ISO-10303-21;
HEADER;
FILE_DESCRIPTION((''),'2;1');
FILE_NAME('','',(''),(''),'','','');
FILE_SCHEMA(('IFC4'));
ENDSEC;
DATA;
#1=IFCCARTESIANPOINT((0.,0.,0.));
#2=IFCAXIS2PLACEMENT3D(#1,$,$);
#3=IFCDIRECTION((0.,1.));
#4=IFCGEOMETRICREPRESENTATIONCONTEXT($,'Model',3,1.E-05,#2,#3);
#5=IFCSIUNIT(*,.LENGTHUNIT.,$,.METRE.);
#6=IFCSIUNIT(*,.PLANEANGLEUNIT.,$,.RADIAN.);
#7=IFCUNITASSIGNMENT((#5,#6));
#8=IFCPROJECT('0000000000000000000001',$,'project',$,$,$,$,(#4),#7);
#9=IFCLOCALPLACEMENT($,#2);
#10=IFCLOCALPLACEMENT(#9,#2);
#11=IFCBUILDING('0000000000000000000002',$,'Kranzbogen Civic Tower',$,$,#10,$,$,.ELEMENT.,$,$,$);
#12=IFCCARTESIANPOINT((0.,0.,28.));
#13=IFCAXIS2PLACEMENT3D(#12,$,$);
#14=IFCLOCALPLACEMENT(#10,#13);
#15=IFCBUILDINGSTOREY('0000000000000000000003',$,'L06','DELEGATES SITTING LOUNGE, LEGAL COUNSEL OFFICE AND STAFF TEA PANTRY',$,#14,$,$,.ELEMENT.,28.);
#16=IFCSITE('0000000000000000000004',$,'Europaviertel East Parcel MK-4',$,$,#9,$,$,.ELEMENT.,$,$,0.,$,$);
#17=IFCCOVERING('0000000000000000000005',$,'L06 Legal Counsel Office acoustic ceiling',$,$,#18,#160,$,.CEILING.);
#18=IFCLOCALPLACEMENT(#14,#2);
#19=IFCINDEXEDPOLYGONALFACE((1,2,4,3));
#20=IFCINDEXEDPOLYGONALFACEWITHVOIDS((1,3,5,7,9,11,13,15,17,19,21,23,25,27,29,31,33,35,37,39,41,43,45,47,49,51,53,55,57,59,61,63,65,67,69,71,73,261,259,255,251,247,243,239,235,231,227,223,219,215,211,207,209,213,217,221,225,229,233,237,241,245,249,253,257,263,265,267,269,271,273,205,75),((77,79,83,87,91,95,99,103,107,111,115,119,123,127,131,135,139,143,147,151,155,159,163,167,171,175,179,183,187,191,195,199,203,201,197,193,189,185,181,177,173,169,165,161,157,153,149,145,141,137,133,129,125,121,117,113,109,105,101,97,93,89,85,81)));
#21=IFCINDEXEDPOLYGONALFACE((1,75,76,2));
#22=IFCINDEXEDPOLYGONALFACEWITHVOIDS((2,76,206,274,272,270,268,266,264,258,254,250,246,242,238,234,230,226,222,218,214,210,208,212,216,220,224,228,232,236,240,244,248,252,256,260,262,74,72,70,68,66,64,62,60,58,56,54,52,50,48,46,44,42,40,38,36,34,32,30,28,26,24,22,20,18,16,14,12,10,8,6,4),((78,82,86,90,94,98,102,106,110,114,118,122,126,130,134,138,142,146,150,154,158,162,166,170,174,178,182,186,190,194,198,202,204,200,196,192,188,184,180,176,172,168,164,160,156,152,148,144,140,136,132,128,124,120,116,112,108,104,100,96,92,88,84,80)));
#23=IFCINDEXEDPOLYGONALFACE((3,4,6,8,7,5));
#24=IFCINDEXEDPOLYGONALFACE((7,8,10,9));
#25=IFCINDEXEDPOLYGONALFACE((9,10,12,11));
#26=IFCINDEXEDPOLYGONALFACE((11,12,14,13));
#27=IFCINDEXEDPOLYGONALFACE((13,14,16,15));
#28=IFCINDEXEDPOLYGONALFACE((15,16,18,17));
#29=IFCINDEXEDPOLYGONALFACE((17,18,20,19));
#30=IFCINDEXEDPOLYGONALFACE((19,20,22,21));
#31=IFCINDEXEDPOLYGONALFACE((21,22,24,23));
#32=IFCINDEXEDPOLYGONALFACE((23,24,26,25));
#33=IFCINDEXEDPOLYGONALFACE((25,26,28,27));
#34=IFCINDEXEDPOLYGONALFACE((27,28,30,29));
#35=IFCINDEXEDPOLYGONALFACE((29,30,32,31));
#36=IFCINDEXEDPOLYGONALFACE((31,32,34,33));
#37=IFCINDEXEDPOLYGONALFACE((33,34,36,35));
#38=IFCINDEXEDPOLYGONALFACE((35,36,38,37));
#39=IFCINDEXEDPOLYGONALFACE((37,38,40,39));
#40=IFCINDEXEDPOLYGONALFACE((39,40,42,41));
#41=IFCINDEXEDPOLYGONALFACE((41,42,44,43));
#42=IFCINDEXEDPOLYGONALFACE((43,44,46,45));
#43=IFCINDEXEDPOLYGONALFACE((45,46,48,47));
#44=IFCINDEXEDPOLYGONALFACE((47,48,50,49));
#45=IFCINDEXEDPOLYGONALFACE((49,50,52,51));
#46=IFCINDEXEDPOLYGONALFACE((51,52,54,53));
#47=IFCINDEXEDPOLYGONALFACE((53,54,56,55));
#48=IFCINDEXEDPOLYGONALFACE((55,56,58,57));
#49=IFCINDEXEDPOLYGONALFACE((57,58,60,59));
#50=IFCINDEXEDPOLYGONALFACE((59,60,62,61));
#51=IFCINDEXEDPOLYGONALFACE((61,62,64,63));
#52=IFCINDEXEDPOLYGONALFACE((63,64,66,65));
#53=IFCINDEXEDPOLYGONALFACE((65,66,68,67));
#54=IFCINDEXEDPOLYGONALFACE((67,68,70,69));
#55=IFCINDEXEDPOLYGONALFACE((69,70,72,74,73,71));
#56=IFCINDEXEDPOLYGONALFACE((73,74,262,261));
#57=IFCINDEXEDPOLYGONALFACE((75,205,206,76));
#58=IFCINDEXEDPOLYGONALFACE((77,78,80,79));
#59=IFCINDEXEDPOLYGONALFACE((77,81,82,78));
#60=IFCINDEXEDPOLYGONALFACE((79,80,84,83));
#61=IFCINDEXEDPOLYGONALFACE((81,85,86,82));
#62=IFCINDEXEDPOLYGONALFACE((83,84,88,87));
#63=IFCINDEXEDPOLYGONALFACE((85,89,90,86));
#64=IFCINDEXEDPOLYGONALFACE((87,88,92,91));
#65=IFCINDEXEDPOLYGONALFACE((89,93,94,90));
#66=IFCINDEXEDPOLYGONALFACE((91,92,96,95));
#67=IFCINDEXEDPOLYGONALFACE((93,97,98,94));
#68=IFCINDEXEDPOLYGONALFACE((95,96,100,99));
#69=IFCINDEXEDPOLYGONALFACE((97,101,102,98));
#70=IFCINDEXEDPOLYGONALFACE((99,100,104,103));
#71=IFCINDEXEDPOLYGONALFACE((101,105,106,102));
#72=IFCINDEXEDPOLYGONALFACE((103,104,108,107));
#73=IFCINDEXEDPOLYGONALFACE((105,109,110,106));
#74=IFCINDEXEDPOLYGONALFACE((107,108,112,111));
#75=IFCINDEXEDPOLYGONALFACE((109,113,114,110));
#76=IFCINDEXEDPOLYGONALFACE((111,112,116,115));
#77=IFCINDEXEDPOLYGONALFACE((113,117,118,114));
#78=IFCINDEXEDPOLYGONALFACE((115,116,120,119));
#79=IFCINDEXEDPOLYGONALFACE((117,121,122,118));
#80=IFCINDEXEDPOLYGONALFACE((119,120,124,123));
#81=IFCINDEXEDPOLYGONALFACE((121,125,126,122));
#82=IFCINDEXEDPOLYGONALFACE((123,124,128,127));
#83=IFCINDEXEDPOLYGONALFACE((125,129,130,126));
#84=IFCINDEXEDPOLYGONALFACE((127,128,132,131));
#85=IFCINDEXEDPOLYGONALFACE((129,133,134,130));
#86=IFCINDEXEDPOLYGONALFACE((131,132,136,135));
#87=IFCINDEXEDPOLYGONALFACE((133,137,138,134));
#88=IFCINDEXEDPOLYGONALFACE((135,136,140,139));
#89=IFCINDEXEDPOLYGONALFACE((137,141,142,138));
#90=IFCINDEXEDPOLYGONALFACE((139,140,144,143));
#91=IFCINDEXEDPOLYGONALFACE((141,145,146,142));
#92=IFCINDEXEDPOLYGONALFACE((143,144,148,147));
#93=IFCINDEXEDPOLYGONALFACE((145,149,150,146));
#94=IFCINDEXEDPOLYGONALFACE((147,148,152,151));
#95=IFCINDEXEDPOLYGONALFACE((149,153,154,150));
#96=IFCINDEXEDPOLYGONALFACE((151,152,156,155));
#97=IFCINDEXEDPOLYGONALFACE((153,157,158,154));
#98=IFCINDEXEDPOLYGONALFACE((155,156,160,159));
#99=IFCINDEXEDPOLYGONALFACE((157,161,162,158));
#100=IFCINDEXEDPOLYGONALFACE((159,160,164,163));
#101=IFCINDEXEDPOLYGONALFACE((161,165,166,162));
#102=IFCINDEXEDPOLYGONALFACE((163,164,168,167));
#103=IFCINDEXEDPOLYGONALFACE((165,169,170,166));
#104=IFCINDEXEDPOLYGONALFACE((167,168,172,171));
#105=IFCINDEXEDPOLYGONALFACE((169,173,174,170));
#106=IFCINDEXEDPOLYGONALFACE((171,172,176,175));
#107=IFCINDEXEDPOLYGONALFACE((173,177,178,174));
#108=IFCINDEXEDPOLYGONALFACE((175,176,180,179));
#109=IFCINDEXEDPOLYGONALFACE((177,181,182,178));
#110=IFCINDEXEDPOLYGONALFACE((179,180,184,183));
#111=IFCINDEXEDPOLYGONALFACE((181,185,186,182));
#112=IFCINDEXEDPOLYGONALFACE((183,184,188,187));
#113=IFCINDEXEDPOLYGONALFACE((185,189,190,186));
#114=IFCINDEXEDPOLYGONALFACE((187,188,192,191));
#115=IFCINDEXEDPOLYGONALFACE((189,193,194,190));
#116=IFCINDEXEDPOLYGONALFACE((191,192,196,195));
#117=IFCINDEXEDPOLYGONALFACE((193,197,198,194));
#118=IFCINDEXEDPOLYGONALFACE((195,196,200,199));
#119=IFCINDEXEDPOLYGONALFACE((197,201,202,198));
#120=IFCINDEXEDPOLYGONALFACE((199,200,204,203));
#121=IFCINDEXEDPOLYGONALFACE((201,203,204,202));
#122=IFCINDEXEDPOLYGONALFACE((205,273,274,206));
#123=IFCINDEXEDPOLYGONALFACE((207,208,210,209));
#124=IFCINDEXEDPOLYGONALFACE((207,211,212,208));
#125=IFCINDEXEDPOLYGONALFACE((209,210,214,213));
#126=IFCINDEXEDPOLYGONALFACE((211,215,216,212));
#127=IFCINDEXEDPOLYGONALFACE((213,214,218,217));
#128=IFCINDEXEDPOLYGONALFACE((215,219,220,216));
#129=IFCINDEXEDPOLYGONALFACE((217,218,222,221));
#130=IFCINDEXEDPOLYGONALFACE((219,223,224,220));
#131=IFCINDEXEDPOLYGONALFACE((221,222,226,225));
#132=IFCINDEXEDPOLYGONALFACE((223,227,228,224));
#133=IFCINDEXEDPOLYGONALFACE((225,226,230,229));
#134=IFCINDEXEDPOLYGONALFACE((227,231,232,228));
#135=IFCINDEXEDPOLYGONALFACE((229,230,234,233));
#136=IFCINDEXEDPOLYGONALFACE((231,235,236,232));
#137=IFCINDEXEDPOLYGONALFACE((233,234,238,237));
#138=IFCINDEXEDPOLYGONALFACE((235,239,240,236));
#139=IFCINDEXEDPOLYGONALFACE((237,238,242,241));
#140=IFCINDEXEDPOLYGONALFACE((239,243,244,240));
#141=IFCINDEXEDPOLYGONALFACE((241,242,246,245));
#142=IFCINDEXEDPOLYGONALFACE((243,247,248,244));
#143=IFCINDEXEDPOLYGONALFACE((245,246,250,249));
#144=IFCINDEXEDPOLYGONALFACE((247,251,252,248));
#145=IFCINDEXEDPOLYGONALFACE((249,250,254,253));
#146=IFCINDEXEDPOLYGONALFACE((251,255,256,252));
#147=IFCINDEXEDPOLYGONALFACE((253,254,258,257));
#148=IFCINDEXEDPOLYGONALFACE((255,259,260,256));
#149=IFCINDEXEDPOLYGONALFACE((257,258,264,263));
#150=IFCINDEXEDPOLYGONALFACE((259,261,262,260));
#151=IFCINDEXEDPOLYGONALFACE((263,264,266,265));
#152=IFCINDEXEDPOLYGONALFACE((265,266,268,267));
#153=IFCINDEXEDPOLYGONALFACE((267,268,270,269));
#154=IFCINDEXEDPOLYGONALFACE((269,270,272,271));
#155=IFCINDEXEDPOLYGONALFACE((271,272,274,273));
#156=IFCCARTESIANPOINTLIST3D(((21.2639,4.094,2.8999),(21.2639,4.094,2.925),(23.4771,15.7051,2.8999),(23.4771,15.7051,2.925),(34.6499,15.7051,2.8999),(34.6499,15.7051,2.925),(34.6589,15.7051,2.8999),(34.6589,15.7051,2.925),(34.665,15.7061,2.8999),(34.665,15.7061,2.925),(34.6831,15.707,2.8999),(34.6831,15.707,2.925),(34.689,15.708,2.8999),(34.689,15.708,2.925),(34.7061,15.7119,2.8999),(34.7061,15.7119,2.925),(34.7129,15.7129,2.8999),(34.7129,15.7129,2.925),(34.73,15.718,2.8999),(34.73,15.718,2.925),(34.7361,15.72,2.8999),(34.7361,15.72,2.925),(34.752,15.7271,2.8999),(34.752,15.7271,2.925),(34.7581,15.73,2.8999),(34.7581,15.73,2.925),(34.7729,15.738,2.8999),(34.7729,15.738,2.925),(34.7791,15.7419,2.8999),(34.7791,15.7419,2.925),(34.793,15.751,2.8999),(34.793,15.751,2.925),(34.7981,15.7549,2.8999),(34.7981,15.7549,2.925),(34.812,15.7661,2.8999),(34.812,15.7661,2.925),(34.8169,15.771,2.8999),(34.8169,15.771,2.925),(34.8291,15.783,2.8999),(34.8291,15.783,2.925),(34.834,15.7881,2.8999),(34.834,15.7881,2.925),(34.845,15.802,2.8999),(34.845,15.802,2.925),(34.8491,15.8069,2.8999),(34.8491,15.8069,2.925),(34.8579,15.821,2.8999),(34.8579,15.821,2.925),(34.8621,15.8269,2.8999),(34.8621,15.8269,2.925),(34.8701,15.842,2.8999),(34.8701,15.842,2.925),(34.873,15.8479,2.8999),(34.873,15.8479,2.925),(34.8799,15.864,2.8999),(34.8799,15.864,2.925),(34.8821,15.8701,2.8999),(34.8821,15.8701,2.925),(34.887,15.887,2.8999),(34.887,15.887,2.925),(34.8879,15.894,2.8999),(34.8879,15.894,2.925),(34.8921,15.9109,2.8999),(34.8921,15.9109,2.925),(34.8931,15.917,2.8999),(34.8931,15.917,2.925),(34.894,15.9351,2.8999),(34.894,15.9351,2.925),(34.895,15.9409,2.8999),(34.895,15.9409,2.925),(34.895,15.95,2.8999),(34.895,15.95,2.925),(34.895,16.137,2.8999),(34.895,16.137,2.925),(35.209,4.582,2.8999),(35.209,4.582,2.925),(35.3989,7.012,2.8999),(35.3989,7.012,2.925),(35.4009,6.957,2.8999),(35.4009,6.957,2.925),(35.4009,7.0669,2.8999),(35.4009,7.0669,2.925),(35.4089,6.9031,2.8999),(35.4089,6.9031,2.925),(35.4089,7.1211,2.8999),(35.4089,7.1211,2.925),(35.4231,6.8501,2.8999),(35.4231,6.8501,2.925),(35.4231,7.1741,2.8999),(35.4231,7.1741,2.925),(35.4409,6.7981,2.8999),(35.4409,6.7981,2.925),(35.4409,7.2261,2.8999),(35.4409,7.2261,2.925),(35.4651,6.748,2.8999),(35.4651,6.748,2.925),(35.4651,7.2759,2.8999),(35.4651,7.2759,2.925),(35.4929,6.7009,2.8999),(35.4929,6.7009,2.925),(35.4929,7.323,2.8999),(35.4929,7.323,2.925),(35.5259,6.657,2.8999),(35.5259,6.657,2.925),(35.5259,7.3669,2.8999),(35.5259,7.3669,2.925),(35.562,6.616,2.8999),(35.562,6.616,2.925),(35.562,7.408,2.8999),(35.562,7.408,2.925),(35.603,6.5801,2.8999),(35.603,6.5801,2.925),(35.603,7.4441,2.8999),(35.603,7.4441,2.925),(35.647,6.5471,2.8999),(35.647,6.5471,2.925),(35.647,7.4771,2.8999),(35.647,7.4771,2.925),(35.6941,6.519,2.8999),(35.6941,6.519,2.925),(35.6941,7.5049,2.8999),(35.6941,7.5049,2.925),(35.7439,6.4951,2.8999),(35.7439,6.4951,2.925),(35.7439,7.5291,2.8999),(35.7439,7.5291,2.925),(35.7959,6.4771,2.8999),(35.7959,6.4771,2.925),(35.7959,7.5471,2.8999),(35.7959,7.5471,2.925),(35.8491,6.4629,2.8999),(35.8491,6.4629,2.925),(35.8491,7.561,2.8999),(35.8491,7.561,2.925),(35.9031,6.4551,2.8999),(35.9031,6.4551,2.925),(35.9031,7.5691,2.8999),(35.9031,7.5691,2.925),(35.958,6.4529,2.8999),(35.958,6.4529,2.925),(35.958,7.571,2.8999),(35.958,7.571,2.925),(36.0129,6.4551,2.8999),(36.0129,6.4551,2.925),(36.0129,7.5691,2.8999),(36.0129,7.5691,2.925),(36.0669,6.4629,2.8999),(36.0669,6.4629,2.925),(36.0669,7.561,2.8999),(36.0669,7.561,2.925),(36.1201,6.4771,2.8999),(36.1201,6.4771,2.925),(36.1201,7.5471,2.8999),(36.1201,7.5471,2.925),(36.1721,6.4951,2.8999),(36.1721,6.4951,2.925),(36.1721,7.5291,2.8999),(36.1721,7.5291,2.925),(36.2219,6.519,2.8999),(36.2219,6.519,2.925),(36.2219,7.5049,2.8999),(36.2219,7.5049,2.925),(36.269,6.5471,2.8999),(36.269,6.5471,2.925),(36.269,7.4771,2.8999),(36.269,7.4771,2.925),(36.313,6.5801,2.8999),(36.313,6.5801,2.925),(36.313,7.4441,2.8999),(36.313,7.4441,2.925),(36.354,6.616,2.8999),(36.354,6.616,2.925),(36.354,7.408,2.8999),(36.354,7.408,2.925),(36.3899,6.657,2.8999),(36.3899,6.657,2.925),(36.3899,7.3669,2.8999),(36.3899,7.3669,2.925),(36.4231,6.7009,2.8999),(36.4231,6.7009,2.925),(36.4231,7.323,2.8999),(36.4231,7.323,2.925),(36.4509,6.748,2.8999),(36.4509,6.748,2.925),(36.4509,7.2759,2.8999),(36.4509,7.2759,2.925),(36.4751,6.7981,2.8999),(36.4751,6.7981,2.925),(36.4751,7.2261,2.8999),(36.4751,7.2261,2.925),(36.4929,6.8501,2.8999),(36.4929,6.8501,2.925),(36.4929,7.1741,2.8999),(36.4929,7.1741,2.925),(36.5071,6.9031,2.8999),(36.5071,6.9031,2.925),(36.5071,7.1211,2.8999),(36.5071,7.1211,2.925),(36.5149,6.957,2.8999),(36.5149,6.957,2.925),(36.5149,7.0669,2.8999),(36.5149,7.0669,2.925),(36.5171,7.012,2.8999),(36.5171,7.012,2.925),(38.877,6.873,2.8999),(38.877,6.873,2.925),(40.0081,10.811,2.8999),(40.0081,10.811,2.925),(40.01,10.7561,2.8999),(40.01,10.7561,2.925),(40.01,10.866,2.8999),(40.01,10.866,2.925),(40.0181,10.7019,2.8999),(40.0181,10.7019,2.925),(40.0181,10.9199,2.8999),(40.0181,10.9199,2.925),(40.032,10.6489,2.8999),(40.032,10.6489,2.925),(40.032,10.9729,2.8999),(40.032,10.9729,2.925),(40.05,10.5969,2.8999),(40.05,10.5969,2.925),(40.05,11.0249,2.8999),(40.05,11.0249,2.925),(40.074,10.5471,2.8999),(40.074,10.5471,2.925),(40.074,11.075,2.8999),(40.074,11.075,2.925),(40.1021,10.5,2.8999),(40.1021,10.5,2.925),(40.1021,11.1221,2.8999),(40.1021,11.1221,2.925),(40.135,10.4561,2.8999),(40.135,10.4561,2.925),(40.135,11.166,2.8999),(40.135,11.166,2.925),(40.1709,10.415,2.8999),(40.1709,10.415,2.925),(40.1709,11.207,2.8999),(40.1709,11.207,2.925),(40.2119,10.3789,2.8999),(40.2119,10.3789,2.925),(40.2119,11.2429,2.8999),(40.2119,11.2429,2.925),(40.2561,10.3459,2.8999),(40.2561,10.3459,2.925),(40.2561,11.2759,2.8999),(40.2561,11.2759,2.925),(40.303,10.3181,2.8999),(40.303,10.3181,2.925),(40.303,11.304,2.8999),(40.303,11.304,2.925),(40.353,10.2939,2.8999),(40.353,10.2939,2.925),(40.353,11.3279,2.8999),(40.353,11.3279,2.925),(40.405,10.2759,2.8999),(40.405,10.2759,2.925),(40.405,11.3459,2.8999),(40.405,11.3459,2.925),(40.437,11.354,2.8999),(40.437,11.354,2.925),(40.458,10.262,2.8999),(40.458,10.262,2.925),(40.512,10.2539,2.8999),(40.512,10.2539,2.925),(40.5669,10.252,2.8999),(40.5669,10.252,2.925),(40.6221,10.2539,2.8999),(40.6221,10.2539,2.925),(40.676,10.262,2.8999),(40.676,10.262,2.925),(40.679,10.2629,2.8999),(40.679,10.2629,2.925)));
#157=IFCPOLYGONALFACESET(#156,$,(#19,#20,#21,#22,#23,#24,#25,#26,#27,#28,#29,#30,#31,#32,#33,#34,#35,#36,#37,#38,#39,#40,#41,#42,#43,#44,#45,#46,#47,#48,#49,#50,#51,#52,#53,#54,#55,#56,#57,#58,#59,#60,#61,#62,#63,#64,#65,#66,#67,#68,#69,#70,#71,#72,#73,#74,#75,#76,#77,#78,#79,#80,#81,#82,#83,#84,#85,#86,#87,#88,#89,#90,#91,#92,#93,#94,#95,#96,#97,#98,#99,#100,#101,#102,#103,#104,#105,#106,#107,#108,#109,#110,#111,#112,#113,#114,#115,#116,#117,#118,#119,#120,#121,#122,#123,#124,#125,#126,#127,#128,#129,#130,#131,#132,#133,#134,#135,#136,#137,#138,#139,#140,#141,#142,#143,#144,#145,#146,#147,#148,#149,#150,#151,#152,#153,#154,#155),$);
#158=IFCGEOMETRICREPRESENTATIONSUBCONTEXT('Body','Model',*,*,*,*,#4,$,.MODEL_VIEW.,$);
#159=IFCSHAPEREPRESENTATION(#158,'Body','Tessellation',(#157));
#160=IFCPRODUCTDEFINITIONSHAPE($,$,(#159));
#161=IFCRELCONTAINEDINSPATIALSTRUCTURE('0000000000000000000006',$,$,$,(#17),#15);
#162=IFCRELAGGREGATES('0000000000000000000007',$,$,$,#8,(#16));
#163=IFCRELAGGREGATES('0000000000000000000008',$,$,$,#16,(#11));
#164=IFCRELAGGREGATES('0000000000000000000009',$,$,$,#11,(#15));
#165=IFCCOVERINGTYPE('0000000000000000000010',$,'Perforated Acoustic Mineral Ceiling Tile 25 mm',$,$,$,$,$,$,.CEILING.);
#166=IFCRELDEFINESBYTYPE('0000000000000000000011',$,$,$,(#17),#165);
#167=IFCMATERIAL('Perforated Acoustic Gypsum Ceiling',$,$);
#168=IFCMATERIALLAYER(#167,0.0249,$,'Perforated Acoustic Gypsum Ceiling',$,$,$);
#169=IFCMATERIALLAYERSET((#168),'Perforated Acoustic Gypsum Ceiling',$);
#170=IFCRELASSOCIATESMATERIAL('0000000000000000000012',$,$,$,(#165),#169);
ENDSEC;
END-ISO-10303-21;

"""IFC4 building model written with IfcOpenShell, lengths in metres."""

from ifc_helpers import new_model, si_unit, direction, frame, origin, place, context, subcontext, project, spatial, polyline, outline, extrude, material, layer, layer_set, type_object, element, save


model = new_model("IFC4")

# Units and contexts
model_context = context("Model", 3, precision=1e-05, world=origin(), true_north=direction((0.0, 1.0)))
body_context = subcontext(model_context, "Body", "Model", "MODEL_VIEW")
ifc_project = project(units=[si_unit("LENGTHUNIT", "METRE"), si_unit("PLANEANGLEUNIT", "RADIAN")], contexts=[model_context])

# Site, building, storey
site_placement = place(None, origin())
site = spatial("IfcSite", under=ifc_project, at=site_placement, Name="Europaviertel East Parcel MK-4", CompositionType="ELEMENT", RefElevation=0.0)
building_placement = place(site_placement, origin())
building = spatial("IfcBuilding", under=site, at=building_placement, Name="Kranzbogen Civic Tower", CompositionType="ELEMENT")
storey_placement = place(building_placement, frame((0.0, 0.0, 28.0)))
storey = spatial("IfcBuildingStorey", under=building, at=storey_placement, Name="L06", Description="DELEGATES SITTING LOUNGE, LEGAL COUNSEL OFFICE AND STAFF TEA PANTRY", CompositionType="ELEMENT", Elevation=28.0)

# Covering
ifc_material_1 = material(Name="Perforated Acoustic Gypsum Ceiling")
ifc_layer_1 = layer(ifc_material_1, 0.0249, Name="Perforated Acoustic Gypsum Ceiling")
ifc_layer_set_1 = layer_set([ifc_layer_1], Name="Perforated Acoustic Gypsum Ceiling")
covering_type_1 = type_object("IfcCoveringType", Name="Perforated Acoustic Mineral Ceiling Tile 25 mm", PredefinedType="CEILING", material=ifc_layer_set_1)
covering_1_placement = place(storey_placement, frame((0.0, 0.0, 2.8999)))
element("IfcCovering", 1, at=covering_1_placement, inside=storey, type_object=covering_type_1, Name="L06 Legal Counsel Office acoustic ceiling", PredefinedType="CEILING", context=body_context, shape_type="SweptSolid", body=[
    extrude(outline(polyline([(35.209, 4.582), (21.2639, 4.094), (23.4771, 15.7051), (34.6499, 15.7051), (34.6589, 15.7051), (34.665, 15.7061), (34.6831, 15.707), (34.689, 15.708), (34.7061, 15.7119), (34.7129, 15.7129), (34.73, 15.718), (34.7361, 15.72), (34.752, 15.7271), (34.7581, 15.73), (34.7729, 15.738), (34.7791, 15.7419), (34.793, 15.751), (34.7981, 15.7549), (34.812, 15.7661), (34.8169, 15.771), (34.8291, 15.783), (34.834, 15.7881), (34.845, 15.802), (34.8491, 15.8069), (34.8579, 15.821), (34.8621, 15.8269), (34.8701, 15.842), (34.873, 15.8479), (34.8799, 15.864), (34.8821, 15.8701), (34.887, 15.887), (34.8879, 15.894), (34.8921, 15.9109), (34.8931, 15.917), (34.894, 15.9351), (34.895, 15.9409), (34.895, 15.95), (34.895, 16.137), (40.437, 11.354), (40.405, 11.3459), (40.353, 11.3279), (40.303, 11.304), (40.2561, 11.2759), (40.2119, 11.2429), (40.1709, 11.207), (40.135, 11.166), (40.1021, 11.1221), (40.074, 11.075), (40.05, 11.0249), (40.032, 10.9729), (40.0181, 10.9199), (40.01, 10.866), (40.0081, 10.811), (40.01, 10.7561), (40.0181, 10.7019), (40.032, 10.6489), (40.05, 10.5969), (40.074, 10.5471), (40.1021, 10.5), (40.135, 10.4561), (40.1709, 10.415), (40.2119, 10.3789), (40.2561, 10.3459), (40.303, 10.3181), (40.353, 10.2939), (40.405, 10.2759), (40.458, 10.262), (40.512, 10.2539), (40.5669, 10.252), (40.6221, 10.2539), (40.676, 10.262), (40.679, 10.2629), (38.877, 6.873), (35.209, 4.582)]), holes=[polyline([(36.4751, 6.7981), (36.4509, 6.748), (36.4231, 6.7009), (36.3899, 6.657), (36.354, 6.616), (36.313, 6.5801), (36.269, 6.5471), (36.2219, 6.519), (36.1721, 6.4951), (36.1201, 6.4771), (36.0669, 6.4629), (36.0129, 6.4551), (35.958, 6.4529), (35.9031, 6.4551), (35.8491, 6.4629), (35.7959, 6.4771), (35.7439, 6.4951), (35.6941, 6.519), (35.647, 6.5471), (35.603, 6.5801), (35.562, 6.616), (35.5259, 6.657), (35.4929, 6.7009), (35.4651, 6.748), (35.4409, 6.7981), (35.4231, 6.8501), (35.4089, 6.9031), (35.4009, 6.957), (35.3989, 7.012), (35.4009, 7.0669), (35.4089, 7.1211), (35.4231, 7.1741), (35.4409, 7.2261), (35.4651, 7.2759), (35.4929, 7.323), (35.5259, 7.3669), (35.562, 7.408), (35.603, 7.4441), (35.647, 7.4771), (35.6941, 7.5049), (35.7439, 7.5291), (35.7959, 7.5471), (35.8491, 7.561), (35.9031, 7.5691), (35.958, 7.571), (36.0129, 7.5691), (36.0669, 7.561), (36.1201, 7.5471), (36.1721, 7.5291), (36.2219, 7.5049), (36.269, 7.4771), (36.313, 7.4441), (36.354, 7.408), (36.3899, 7.3669), (36.4231, 7.323), (36.4509, 7.2759), (36.4751, 7.2261), (36.4929, 7.1741), (36.5071, 7.1211), (36.5149, 7.0669), (36.5171, 7.012), (36.5149, 6.957), (36.5071, 6.9031), (36.4929, 6.8501), (36.4751, 6.7981)])]), origin(), (0.0, 0.0, 1.0), 0.0251),
])

save(model, "model.ifc")
